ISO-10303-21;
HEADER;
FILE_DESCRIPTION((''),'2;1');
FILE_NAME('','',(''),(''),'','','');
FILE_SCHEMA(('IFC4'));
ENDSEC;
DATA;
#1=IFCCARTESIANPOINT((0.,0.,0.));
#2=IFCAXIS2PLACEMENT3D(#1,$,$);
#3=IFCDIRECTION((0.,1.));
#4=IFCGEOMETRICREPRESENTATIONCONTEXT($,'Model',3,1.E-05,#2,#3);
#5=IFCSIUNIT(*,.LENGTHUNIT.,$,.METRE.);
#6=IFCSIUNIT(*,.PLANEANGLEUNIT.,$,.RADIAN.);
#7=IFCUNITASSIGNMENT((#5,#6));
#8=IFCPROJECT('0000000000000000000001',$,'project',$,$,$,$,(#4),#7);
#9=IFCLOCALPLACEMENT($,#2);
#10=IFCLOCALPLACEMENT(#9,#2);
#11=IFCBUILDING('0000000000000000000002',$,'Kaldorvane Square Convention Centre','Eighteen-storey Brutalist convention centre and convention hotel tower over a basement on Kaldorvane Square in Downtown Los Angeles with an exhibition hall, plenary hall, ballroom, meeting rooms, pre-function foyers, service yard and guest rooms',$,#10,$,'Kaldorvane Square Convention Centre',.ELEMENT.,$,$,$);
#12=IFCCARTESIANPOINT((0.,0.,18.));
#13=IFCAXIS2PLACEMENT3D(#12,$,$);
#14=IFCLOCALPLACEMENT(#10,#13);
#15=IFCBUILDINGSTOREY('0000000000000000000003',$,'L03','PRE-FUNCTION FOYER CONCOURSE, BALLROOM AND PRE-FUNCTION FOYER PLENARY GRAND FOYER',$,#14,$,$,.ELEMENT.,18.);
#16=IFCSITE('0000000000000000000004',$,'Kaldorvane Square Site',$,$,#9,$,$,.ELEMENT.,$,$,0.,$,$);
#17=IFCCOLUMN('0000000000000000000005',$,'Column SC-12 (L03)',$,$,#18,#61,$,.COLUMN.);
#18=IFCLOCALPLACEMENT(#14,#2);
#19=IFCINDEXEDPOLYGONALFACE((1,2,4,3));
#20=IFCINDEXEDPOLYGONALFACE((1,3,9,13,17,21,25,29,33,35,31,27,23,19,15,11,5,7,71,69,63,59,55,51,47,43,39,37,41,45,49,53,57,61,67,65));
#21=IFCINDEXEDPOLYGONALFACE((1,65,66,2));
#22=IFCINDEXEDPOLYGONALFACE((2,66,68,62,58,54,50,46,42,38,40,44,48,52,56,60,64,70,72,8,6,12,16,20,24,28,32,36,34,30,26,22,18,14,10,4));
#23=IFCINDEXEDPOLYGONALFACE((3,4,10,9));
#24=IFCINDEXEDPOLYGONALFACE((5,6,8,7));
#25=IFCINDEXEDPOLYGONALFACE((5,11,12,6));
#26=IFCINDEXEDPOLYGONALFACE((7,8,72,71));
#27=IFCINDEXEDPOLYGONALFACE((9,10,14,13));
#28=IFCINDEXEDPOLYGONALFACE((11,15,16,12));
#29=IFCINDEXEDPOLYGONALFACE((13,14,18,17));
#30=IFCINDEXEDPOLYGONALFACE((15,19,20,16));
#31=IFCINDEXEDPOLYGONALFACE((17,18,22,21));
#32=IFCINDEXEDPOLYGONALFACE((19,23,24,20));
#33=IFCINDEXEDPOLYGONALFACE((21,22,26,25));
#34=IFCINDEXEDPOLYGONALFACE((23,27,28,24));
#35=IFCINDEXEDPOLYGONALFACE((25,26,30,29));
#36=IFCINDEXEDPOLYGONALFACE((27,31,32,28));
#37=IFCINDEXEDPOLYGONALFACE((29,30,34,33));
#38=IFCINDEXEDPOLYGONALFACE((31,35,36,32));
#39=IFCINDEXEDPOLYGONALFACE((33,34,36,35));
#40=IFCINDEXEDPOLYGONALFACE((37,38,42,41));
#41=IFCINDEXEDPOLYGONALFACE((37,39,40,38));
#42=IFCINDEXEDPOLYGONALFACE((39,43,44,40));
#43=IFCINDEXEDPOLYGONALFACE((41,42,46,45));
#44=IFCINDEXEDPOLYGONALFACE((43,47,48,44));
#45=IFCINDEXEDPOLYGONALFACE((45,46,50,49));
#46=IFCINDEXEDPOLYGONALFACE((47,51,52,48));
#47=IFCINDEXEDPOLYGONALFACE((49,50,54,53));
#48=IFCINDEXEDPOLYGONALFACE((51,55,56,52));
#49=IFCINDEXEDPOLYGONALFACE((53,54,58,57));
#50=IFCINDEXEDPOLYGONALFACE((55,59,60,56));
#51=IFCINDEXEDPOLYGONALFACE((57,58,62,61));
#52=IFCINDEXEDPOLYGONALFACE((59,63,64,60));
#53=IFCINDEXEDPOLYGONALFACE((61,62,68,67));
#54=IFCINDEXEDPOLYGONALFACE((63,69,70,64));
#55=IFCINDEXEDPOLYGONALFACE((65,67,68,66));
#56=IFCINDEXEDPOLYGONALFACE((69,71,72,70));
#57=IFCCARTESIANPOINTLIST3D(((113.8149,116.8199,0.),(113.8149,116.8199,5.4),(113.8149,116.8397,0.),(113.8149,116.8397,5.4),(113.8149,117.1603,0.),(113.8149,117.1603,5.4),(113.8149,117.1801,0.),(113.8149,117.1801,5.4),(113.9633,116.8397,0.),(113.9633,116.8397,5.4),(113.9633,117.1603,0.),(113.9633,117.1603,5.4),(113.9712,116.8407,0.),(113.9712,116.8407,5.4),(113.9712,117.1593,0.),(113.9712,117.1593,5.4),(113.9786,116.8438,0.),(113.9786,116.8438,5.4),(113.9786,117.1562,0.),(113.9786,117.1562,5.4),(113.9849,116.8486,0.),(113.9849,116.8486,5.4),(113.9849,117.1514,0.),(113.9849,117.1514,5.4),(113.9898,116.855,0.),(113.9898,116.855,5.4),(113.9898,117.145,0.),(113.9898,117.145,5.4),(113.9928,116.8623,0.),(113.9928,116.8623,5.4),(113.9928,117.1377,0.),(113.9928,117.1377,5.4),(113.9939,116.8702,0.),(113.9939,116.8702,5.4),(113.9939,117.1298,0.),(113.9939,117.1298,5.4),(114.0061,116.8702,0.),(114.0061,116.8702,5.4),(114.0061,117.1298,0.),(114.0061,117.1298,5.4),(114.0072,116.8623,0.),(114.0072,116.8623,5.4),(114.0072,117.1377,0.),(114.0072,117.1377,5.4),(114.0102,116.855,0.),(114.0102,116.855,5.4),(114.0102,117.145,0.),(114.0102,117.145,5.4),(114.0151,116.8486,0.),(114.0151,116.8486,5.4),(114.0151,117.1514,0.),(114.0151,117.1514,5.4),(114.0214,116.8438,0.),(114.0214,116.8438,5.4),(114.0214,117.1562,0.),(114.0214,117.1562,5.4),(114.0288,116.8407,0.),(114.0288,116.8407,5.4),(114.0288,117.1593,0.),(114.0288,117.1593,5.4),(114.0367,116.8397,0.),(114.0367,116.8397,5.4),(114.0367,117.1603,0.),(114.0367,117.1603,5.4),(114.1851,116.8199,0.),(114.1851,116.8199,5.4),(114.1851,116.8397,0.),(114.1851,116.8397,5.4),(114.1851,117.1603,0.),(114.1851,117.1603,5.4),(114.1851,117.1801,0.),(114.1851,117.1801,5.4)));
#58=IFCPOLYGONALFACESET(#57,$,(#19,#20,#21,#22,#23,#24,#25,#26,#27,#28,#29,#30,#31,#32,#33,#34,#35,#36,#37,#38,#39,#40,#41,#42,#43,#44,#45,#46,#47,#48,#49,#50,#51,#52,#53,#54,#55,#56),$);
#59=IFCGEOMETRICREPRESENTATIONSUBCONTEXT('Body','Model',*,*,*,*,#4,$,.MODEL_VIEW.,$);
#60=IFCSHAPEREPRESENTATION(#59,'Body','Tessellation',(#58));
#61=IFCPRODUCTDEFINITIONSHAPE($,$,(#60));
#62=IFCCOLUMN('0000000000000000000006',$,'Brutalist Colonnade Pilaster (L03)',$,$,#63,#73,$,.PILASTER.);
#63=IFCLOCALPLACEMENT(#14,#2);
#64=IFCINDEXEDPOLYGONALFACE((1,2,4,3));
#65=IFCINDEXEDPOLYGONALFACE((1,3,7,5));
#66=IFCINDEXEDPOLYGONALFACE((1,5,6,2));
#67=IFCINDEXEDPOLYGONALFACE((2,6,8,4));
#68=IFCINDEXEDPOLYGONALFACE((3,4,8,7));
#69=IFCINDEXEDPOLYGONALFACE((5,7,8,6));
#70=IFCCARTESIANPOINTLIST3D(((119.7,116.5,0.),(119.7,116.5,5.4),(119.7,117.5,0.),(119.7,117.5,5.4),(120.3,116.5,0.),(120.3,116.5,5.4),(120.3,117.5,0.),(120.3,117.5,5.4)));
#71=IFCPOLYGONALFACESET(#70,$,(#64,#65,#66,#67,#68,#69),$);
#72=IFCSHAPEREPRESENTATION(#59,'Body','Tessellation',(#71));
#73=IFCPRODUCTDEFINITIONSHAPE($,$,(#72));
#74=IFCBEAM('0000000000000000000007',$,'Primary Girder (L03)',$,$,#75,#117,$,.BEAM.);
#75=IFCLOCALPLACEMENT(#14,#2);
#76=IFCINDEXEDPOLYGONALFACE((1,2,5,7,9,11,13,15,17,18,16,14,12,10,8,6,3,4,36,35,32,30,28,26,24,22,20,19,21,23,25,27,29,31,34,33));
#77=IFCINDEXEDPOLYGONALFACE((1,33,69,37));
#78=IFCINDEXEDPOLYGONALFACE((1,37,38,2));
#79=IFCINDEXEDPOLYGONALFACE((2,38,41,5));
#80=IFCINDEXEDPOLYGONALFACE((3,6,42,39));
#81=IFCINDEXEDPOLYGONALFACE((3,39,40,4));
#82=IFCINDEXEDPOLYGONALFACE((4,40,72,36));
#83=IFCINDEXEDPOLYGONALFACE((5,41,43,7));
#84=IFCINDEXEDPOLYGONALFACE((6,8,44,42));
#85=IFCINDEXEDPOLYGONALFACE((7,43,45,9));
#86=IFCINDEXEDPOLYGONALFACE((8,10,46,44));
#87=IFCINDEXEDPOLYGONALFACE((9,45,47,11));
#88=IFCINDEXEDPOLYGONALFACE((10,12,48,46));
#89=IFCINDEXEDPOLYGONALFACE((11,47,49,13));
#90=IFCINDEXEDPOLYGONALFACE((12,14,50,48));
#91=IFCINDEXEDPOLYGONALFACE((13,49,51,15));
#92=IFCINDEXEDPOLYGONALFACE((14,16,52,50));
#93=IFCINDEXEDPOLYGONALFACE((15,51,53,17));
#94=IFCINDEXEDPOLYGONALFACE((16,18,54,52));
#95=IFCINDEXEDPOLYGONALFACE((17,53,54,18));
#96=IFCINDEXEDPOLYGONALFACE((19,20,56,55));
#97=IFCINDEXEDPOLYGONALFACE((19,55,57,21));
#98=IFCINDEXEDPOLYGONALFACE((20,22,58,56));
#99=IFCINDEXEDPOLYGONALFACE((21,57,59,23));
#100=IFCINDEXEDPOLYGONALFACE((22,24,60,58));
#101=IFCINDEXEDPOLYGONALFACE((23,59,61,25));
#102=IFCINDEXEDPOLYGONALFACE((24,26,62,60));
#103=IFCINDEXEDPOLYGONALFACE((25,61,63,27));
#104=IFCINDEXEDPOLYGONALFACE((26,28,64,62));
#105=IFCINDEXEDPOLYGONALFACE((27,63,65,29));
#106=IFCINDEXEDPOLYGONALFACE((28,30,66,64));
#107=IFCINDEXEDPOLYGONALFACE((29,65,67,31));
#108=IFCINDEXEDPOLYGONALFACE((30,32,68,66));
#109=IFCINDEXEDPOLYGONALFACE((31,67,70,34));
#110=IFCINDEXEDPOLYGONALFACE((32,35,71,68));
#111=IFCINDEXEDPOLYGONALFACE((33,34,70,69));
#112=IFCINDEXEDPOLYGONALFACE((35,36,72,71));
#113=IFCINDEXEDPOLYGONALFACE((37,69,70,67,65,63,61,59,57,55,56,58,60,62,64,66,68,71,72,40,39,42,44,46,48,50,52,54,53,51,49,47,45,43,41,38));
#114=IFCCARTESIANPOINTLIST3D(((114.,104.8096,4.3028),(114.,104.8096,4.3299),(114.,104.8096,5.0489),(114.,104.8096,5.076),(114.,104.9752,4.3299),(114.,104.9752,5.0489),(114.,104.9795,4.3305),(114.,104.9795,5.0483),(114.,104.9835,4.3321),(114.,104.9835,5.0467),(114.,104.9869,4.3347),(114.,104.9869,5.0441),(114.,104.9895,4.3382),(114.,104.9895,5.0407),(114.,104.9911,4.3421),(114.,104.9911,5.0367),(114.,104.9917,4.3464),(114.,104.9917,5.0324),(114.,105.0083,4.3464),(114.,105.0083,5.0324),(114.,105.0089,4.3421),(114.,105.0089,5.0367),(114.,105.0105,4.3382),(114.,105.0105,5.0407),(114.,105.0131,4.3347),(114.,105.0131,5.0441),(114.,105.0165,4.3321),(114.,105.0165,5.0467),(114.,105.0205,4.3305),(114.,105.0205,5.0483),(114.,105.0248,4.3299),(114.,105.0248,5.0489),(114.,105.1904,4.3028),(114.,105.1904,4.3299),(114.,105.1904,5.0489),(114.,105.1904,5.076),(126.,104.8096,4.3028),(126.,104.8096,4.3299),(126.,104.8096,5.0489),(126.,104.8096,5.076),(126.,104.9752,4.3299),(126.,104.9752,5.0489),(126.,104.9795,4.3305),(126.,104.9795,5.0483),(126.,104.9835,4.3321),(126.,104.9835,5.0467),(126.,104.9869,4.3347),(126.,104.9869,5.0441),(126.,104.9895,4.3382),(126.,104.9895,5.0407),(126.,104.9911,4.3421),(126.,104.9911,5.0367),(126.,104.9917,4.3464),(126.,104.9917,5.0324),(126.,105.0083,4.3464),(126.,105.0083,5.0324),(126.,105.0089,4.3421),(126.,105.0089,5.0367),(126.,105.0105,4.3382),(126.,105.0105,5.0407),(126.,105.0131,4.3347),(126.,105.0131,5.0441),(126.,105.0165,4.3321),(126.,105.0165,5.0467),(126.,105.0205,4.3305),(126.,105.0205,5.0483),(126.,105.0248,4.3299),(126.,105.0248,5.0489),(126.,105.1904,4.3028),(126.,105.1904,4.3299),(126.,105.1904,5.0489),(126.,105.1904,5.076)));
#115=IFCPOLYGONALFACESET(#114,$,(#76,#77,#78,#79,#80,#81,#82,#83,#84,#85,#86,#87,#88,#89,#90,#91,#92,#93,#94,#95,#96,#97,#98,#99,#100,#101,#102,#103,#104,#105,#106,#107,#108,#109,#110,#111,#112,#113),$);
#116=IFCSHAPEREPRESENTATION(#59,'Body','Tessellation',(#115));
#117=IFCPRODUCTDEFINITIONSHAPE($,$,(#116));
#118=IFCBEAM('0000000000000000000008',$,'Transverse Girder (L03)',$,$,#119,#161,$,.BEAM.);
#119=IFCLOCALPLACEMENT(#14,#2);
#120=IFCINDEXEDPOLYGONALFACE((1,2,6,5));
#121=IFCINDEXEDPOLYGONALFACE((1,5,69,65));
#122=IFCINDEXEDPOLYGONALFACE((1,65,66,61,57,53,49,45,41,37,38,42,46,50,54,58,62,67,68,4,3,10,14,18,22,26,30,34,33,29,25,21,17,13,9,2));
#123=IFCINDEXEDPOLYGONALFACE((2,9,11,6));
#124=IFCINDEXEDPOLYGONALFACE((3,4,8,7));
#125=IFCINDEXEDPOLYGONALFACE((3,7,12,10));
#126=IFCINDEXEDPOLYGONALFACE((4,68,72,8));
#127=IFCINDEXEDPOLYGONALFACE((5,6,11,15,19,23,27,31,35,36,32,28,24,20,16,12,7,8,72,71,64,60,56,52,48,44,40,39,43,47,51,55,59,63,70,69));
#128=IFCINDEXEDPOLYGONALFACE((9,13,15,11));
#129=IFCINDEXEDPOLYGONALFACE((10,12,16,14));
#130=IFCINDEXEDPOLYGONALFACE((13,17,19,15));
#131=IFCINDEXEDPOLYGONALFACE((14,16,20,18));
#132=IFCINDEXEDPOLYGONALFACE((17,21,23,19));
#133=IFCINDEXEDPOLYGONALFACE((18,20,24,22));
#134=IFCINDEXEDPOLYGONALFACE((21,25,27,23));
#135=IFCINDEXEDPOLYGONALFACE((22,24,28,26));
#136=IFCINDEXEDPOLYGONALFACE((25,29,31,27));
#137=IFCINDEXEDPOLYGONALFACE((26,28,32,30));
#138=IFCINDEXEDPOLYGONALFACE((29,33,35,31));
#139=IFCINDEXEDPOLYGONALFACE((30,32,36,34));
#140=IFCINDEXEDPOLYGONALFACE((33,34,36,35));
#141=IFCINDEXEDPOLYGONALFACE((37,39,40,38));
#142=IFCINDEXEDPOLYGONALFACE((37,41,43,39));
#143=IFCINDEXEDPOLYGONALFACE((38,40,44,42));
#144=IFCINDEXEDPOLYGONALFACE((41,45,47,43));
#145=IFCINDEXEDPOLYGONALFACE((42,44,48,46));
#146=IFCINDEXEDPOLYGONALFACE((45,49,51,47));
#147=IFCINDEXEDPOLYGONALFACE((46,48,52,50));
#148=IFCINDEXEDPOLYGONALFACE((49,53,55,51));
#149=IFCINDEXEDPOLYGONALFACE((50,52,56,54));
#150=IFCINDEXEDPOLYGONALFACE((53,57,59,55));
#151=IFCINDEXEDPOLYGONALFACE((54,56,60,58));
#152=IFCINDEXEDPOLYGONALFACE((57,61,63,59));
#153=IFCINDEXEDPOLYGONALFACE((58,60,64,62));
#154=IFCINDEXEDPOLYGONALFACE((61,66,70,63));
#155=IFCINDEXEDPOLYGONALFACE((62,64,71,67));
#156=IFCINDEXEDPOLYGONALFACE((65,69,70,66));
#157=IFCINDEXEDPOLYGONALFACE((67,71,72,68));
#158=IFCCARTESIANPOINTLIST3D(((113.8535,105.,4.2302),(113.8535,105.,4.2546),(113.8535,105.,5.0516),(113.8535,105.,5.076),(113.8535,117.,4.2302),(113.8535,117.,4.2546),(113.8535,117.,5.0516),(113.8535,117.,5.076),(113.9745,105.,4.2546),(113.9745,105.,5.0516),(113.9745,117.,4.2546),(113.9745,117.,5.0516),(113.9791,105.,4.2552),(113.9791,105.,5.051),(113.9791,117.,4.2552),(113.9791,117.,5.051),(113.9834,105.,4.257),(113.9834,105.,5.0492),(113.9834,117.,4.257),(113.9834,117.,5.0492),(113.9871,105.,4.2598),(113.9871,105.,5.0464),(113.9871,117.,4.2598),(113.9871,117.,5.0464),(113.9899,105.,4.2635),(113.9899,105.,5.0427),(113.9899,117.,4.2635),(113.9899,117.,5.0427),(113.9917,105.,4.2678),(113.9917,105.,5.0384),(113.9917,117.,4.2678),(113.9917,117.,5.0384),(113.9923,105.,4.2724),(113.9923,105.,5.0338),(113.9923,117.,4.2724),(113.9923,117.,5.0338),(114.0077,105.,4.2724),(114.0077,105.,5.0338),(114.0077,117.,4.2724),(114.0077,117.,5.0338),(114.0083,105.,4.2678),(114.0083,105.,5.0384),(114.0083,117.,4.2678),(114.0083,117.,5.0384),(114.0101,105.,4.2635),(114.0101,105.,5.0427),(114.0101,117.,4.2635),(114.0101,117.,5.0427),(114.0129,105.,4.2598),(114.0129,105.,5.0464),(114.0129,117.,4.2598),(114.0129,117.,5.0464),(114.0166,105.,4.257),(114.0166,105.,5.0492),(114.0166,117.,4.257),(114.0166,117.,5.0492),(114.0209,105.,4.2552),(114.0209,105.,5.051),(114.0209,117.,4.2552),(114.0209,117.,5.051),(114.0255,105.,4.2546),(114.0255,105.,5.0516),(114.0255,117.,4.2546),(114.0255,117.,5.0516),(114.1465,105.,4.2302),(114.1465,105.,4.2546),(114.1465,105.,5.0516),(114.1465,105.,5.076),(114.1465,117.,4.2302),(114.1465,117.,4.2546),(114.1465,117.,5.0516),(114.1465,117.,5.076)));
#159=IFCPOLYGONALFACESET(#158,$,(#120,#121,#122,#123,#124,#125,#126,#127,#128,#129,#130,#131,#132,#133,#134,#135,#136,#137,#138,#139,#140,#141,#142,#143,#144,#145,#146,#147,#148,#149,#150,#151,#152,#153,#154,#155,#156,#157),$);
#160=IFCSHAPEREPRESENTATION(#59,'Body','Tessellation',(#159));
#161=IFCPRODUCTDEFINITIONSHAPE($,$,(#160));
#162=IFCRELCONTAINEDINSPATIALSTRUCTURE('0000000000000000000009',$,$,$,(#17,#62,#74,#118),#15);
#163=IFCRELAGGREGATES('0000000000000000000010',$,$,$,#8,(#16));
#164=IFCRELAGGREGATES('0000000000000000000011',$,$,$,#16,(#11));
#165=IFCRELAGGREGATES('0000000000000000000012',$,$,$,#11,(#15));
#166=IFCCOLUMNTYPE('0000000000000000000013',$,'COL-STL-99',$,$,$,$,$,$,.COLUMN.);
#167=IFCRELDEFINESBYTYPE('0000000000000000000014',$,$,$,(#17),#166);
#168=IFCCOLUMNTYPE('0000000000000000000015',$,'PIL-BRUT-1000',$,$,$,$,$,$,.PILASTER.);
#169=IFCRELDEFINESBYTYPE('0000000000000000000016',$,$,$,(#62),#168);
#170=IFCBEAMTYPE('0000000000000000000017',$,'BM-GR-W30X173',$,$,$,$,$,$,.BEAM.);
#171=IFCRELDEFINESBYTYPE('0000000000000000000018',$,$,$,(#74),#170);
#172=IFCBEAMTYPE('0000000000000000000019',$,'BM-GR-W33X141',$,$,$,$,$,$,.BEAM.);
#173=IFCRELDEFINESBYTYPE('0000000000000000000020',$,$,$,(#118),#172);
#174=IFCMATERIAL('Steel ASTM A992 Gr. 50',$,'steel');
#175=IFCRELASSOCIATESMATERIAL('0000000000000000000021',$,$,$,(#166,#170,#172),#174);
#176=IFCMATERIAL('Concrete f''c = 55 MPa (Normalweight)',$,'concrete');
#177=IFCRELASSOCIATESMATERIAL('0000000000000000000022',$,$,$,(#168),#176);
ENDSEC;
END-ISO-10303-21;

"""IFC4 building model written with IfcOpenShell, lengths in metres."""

from ifc_helpers import new_model, si_unit, direction, frame, origin, origin_2d, place, context, subcontext, project, spatial, rectangle, i_section, extrude, material, material_profile, profile_set, type_object, element, save


model = new_model("IFC4")

# Units and contexts
model_context = context("Model", 3, precision=1e-05, world=origin(), true_north=direction((0.0, 1.0)))
body_context = subcontext(model_context, "Body", "Model", "MODEL_VIEW")
ifc_project = project(units=[si_unit("LENGTHUNIT", "METRE"), si_unit("PLANEANGLEUNIT", "RADIAN")], contexts=[model_context])

# Site, building, storey
site_placement = place(None, origin())
site = spatial("IfcSite", under=ifc_project, at=site_placement, Name="Kaldorvane Square Site", CompositionType="ELEMENT", RefElevation=0.0)
building_placement = place(site_placement, origin())
building = spatial("IfcBuilding", under=site, at=building_placement, Name="Kaldorvane Square Convention Centre", Description="Eighteen-storey Brutalist convention centre and convention hotel tower over a basement on Kaldorvane Square in Downtown Los Angeles with an exhibition hall, plenary hall, ballroom, meeting rooms, pre-function foyers, service yard and guest rooms", LongName="Kaldorvane Square Convention Centre", CompositionType="ELEMENT")
storey_placement = place(building_placement, frame((0.0, 0.0, 18.0)))
storey = spatial("IfcBuildingStorey", under=building, at=storey_placement, Name="L03", Description="PRE-FUNCTION FOYER CONCOURSE, BALLROOM AND PRE-FUNCTION FOYER PLENARY GRAND FOYER", CompositionType="ELEMENT", Elevation=18.0)

# Columns
ifc_material_1 = material(Name="Steel ASTM A992 Gr. 50", Category="steel")
ifc_material_profile_1 = material_profile(ifc_material_1, i_section(OverallWidth=0.3701, OverallDepth=0.3602, WebThickness=0.0123, FlangeThickness=0.0198, FilletRadius=0.0305, at=origin_2d()), Name="W14X99")
ifc_profile_set_1 = profile_set([ifc_material_profile_1], Name="Steel ASTM A992 Gr. 50")
column_type_1 = type_object("IfcColumnType", Name="COL-STL-99", PredefinedType="COLUMN", material=ifc_profile_set_1)
column_1_placement = place(storey_placement, frame((114.0, 117.0, 0.0), z_axis=(0.0, 0.0, 1.0), x_axis=(1.0, 0.0, 0.0)))
element("IfcColumn", 1, at=column_1_placement, inside=storey, type_object=column_type_1, Name="Column SC-12 (L03)", PredefinedType="COLUMN", context=body_context, shape_type="SweptSolid", body=[
    extrude(i_section(OverallWidth=0.3701, OverallDepth=0.3602, WebThickness=0.0123, FlangeThickness=0.0198, FilletRadius=0.0305, at=origin_2d()), origin(), (0.0, 0.0, 1.0), 5.4),
])
ifc_material_2 = material(Name="Concrete f'c = 55 MPa (Normalweight)", Category="concrete")
ifc_material_profile_2 = material_profile(ifc_material_2, rectangle(XDim=0.6, YDim=1.0, at=origin_2d()), Name="PIL1000X600")
ifc_profile_set_2 = profile_set([ifc_material_profile_2], Name="Concrete f'c = 55 MPa (Normalweight)")
column_type_2 = type_object("IfcColumnType", Name="PIL-BRUT-1000", PredefinedType="PILASTER", material=ifc_profile_set_2)
column_2_placement = place(storey_placement, frame((120.0, 117.0, 0.0), z_axis=(0.0, 0.0, 1.0), x_axis=(1.0, 0.0, 0.0)))
element("IfcColumn", 2, at=column_2_placement, inside=storey, type_object=column_type_2, Name="Brutalist Colonnade Pilaster (L03)", PredefinedType="PILASTER", context=body_context, shape_type="SweptSolid", body=[
    extrude(rectangle(XDim=0.6, YDim=1.0, at=origin_2d()), origin(), (0.0, 0.0, 1.0), 5.4),
])

# Beams
ifc_material_profile_3 = material_profile(ifc_material_1, i_section(OverallWidth=0.3807, OverallDepth=0.7732, WebThickness=0.0166, FlangeThickness=0.0271, FilletRadius=0.0165, at=origin_2d()), Name="W30X173")
ifc_profile_set_3 = profile_set([ifc_material_profile_3], Name="Steel ASTM A992 Gr. 50")
beam_type_1 = type_object("IfcBeamType", Name="BM-GR-W30X173", PredefinedType="BEAM", material=ifc_profile_set_3)
beam_1_placement = place(storey_placement, frame((114.0, 105.0, 4.6894), z_axis=(1.0, 0.0, 0.0), x_axis=(0.0, 1.0, 0.0)))
element("IfcBeam", 3, at=beam_1_placement, inside=storey, type_object=beam_type_1, Name="Primary Girder (L03)", PredefinedType="BEAM", context=body_context, shape_type="SweptSolid", body=[
    extrude(i_section(OverallWidth=0.3807, OverallDepth=0.7732, WebThickness=0.0166, FlangeThickness=0.0271, FilletRadius=0.0165, at=origin_2d()), origin(), (0.0, 0.0, 1.0), 12.0),
])
ifc_material_profile_4 = material_profile(ifc_material_1, i_section(OverallWidth=0.293, OverallDepth=0.8458, WebThickness=0.0154, FlangeThickness=0.0244, FilletRadius=0.0178, at=origin_2d()), Name="W33X141")
ifc_profile_set_4 = profile_set([ifc_material_profile_4], Name="Steel ASTM A992 Gr. 50")
beam_type_2 = type_object("IfcBeamType", Name="BM-GR-W33X141", PredefinedType="BEAM", material=ifc_profile_set_4)
beam_2_placement = place(storey_placement, frame((114.0, 105.0, 4.6531), z_axis=(0.0, 1.0, 0.0), x_axis=(-1.0, 0.0, 0.0)))
element("IfcBeam", 4, at=beam_2_placement, inside=storey, type_object=beam_type_2, Name="Transverse Girder (L03)", PredefinedType="BEAM", context=body_context, shape_type="SweptSolid", body=[
    extrude(i_section(OverallWidth=0.293, OverallDepth=0.8458, WebThickness=0.0154, FlangeThickness=0.0244, FilletRadius=0.0178, at=origin_2d()), origin(), (0.0, 0.0, 1.0), 12.0),
])

save(model, "model.ifc")
